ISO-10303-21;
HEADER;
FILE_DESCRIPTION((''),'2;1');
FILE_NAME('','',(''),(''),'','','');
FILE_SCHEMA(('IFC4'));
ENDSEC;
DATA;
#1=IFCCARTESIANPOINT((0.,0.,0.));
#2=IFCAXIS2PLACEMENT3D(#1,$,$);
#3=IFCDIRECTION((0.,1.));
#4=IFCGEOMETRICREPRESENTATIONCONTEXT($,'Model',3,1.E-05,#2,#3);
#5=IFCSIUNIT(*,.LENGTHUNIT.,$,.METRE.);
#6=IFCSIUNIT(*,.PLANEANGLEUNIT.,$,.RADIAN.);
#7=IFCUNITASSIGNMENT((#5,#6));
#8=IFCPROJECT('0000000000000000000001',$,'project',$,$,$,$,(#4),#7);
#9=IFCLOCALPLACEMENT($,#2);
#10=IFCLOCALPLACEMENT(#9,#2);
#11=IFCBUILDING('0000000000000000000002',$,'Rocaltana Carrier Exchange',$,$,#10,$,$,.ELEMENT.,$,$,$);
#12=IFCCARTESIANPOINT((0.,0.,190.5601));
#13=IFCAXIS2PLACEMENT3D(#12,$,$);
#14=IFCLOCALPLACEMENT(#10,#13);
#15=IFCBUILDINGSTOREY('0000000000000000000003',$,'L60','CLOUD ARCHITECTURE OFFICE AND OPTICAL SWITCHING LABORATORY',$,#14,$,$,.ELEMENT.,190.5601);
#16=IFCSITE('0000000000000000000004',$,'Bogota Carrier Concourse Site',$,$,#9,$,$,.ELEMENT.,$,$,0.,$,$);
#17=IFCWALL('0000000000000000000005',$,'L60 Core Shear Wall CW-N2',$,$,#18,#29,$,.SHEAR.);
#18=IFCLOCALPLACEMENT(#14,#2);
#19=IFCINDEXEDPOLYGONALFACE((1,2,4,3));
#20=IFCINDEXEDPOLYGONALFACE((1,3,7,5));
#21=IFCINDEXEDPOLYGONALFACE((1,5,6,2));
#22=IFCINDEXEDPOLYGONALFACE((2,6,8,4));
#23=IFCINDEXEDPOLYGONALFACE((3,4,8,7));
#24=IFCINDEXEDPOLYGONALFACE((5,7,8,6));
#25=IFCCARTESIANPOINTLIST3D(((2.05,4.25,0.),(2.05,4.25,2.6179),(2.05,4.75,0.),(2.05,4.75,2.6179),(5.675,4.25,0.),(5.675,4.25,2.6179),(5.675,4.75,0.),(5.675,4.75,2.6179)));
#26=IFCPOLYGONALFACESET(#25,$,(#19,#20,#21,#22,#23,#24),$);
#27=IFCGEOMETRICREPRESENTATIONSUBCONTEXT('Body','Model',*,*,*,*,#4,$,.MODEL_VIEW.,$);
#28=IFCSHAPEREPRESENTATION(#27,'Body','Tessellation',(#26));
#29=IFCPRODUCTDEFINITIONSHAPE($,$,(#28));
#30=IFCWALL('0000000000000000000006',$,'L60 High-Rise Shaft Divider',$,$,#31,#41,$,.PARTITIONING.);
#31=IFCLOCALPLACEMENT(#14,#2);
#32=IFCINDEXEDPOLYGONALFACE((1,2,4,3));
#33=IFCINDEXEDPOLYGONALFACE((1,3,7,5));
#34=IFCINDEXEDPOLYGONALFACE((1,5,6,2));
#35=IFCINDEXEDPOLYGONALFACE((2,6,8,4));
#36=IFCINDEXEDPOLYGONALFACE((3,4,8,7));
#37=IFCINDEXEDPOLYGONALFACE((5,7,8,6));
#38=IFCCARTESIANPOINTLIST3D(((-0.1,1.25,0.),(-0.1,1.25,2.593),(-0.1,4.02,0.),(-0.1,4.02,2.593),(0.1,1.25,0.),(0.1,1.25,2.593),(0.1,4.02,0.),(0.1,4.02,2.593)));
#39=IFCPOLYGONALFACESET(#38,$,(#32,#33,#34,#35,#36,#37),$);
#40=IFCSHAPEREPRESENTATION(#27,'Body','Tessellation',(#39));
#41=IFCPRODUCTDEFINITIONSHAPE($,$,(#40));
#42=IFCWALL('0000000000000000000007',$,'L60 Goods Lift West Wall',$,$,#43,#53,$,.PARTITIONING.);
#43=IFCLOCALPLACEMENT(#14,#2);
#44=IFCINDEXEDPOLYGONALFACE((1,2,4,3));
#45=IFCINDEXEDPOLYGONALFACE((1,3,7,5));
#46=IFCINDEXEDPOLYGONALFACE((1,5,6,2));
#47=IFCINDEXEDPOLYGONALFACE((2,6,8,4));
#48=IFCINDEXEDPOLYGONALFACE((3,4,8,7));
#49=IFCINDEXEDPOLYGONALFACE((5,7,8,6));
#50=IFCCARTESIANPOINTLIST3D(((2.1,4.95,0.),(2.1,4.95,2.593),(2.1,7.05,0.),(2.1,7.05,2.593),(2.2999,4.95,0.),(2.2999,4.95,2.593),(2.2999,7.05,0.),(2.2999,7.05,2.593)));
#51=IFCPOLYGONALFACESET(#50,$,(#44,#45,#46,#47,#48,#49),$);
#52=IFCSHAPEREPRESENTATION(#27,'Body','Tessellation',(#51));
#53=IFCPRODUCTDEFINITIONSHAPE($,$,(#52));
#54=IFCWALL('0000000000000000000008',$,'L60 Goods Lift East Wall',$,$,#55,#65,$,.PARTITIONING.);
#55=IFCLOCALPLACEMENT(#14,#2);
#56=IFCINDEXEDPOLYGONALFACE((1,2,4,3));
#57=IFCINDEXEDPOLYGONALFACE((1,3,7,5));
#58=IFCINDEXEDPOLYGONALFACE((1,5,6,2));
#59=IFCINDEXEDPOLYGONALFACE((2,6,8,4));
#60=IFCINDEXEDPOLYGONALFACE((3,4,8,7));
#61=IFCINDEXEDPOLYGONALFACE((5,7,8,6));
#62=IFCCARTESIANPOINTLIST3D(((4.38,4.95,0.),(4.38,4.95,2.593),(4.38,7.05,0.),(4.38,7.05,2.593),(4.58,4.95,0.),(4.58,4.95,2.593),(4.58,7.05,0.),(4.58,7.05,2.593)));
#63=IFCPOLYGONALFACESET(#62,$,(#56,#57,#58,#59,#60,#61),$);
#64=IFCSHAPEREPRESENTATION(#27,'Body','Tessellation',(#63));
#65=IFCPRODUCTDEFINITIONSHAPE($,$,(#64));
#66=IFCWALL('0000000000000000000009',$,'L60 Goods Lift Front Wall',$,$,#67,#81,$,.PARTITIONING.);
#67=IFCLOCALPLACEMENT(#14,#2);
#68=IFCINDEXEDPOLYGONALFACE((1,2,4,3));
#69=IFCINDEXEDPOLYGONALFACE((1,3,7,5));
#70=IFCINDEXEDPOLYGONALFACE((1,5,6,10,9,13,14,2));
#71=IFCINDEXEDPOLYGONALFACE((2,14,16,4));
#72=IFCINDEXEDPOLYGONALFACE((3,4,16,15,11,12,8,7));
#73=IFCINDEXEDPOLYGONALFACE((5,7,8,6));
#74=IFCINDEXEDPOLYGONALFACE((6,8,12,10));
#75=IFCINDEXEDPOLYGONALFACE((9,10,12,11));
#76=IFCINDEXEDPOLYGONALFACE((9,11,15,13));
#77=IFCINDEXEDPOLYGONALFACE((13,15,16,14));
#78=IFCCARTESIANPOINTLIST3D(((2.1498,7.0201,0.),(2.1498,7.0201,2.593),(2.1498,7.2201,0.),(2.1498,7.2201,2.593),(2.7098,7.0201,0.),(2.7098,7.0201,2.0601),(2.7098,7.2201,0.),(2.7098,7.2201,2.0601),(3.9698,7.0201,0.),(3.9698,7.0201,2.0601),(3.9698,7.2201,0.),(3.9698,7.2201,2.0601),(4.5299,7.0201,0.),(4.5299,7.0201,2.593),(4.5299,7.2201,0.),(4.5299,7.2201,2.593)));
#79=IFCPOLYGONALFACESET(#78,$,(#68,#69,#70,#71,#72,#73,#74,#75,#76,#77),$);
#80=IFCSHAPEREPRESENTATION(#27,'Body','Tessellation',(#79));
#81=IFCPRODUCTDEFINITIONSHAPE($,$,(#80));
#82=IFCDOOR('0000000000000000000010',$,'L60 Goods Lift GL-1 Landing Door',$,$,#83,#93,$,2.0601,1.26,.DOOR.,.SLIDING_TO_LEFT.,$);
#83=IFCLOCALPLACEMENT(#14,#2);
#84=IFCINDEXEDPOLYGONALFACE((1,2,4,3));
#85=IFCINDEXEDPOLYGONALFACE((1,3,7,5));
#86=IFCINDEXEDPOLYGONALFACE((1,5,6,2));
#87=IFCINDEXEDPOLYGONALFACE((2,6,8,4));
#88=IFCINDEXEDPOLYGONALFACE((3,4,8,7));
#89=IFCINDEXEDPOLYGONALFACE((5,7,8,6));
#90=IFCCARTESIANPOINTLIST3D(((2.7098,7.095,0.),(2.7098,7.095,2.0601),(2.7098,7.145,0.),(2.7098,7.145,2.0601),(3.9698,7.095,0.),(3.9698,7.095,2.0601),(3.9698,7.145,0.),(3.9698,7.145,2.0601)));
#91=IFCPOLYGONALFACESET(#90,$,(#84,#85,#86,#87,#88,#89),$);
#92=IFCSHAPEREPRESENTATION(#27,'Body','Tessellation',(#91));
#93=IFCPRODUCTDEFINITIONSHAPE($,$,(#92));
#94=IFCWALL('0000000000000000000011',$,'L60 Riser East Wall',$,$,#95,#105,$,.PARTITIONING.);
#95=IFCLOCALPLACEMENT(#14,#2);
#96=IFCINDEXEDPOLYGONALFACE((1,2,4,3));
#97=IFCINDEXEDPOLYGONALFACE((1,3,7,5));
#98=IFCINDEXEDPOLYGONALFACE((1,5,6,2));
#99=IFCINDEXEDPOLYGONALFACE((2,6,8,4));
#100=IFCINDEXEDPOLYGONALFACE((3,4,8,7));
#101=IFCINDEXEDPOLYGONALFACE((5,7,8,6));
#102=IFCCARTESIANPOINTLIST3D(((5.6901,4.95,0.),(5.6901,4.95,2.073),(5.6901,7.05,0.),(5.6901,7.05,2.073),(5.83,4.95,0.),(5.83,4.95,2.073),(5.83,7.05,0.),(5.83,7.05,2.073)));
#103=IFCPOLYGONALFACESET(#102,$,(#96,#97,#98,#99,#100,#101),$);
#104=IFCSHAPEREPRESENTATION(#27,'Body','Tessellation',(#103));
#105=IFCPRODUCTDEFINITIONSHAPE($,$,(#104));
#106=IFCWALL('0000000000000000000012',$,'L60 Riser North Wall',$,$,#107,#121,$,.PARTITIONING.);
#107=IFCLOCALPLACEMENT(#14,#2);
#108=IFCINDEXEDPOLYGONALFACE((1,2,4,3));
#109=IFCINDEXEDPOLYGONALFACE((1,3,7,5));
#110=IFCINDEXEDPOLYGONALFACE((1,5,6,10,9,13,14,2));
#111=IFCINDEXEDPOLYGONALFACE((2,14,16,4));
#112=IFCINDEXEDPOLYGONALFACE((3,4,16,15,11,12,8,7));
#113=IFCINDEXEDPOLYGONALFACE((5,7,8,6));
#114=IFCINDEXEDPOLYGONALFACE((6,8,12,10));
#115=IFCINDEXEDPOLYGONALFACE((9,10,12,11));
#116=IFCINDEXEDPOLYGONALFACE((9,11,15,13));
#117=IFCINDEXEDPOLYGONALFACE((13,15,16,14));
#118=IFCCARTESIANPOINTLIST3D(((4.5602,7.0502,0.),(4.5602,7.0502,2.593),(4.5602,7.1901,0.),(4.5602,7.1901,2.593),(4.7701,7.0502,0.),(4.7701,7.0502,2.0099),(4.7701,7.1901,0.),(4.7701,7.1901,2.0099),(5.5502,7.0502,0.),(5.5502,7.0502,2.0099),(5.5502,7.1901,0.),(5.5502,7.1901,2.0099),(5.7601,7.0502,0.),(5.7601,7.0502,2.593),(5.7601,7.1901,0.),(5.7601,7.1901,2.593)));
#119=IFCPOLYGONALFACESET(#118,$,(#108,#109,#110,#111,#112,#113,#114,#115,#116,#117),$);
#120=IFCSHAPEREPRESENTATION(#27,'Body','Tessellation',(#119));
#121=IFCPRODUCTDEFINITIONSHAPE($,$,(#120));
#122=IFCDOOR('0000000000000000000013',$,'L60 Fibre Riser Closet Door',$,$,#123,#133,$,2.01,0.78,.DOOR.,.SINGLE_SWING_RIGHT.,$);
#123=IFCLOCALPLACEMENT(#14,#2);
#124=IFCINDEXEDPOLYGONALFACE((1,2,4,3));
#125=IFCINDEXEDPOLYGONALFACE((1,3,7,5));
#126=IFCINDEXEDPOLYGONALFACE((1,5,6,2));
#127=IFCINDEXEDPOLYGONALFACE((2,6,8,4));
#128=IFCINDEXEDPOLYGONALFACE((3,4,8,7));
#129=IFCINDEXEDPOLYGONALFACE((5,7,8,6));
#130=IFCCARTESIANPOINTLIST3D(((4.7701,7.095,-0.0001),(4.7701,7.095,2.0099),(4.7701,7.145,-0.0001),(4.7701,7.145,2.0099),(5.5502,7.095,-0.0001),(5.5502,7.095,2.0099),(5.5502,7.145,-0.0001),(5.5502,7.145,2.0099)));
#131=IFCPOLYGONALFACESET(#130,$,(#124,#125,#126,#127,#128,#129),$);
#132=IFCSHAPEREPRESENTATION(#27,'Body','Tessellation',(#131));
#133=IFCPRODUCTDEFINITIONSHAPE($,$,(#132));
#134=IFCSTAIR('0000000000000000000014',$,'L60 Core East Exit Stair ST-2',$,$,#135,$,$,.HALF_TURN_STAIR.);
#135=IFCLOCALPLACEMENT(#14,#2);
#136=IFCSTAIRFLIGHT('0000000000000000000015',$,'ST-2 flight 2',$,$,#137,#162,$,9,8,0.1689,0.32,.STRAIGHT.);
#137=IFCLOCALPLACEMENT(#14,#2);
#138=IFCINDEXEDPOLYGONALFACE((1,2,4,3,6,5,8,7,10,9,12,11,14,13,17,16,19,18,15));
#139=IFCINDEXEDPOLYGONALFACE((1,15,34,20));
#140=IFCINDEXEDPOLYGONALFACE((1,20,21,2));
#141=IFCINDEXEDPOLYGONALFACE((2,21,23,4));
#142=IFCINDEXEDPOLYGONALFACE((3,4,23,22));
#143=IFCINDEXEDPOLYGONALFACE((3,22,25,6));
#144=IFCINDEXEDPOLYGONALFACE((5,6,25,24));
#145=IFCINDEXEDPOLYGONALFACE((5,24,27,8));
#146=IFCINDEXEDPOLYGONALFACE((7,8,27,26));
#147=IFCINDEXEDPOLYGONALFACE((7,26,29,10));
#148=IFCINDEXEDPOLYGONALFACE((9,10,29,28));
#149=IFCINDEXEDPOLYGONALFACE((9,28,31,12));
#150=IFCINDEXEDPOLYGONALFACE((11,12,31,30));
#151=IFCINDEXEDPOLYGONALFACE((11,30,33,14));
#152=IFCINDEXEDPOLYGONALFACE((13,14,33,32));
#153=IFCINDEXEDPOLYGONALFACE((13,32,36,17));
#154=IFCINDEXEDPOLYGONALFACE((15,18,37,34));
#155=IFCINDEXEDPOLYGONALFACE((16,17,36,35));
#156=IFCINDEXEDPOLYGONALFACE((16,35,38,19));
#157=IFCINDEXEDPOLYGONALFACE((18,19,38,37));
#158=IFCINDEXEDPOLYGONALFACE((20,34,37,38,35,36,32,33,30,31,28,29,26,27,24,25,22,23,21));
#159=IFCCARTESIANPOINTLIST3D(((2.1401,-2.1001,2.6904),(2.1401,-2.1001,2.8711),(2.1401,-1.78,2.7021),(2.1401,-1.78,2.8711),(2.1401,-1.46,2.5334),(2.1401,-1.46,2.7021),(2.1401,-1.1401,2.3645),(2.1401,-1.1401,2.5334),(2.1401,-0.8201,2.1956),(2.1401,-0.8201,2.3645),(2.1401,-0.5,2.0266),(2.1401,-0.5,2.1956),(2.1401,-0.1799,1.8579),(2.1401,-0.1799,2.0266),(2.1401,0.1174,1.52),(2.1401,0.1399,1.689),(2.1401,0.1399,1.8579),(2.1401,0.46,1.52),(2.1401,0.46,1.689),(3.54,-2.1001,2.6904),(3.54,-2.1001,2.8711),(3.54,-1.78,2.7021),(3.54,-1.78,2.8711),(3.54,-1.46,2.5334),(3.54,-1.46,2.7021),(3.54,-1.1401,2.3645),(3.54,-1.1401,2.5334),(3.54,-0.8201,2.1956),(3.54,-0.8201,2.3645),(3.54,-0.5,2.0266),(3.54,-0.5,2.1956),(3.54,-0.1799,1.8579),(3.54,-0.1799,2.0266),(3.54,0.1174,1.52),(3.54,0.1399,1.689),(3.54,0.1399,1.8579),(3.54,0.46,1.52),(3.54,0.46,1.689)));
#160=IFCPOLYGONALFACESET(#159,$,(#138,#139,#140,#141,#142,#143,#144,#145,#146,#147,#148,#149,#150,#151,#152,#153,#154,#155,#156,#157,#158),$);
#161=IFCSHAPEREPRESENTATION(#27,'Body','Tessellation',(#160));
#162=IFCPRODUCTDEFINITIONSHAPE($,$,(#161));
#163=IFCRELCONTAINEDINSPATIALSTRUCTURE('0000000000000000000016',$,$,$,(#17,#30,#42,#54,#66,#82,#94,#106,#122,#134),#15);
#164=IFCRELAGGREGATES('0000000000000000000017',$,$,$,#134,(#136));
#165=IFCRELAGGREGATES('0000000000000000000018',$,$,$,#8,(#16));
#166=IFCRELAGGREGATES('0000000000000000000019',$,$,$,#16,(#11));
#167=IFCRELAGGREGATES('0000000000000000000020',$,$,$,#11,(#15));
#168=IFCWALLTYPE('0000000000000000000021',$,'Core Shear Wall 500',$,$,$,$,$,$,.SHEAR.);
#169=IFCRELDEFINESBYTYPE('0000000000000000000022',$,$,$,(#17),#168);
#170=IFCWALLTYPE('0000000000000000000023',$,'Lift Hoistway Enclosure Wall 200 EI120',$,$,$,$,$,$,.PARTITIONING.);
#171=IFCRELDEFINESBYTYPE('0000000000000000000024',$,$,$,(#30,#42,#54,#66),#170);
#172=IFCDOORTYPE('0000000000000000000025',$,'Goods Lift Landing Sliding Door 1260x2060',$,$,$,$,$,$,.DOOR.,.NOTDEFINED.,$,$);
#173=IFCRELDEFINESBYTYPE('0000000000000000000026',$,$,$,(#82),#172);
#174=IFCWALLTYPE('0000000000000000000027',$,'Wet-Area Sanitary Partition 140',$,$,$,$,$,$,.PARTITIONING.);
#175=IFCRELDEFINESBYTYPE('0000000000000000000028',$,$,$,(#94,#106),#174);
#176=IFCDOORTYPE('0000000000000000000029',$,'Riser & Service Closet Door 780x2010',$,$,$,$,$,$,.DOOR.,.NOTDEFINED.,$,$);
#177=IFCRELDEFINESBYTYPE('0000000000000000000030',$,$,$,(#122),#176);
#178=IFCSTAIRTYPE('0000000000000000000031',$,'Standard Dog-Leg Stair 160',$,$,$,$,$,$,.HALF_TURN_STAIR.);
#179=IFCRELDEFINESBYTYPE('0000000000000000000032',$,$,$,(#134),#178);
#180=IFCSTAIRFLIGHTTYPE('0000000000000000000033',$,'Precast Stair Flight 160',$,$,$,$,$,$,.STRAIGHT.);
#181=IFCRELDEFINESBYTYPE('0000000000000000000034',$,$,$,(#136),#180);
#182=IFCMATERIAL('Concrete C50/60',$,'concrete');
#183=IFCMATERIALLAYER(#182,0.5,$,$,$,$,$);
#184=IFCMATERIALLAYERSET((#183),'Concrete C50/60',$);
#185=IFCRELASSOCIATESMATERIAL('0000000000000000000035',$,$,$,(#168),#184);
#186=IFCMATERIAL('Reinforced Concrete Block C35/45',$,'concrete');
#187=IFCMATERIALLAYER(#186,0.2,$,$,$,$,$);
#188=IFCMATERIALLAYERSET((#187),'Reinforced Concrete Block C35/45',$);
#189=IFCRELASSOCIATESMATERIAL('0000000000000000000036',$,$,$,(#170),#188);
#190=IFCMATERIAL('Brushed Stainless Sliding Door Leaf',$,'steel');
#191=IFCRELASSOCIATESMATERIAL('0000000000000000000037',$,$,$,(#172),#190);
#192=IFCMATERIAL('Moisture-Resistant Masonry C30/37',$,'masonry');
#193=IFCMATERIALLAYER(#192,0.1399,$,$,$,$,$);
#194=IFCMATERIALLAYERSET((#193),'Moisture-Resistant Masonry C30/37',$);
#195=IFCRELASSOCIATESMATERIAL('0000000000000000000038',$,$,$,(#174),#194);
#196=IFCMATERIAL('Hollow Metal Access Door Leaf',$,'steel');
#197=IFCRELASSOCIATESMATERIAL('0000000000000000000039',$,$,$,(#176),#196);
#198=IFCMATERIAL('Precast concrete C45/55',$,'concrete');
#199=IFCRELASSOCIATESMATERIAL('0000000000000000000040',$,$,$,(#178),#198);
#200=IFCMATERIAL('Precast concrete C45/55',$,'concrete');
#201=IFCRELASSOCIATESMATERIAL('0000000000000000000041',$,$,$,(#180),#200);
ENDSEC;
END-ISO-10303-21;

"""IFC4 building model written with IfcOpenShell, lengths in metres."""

from ifc_helpers import new_model, si_unit, direction, frame, frame_2d, origin, place, context, subcontext, project, spatial, polyline, rectangle, outline, extrude, material, layer, layer_set, type_object, element, fill, aggregate, save


model = new_model("IFC4")

# Units and contexts
model_context = context("Model", 3, precision=1e-05, world=origin(), true_north=direction((0.0, 1.0)))
body_context = subcontext(model_context, "Body", "Model", "MODEL_VIEW")
ifc_project = project(units=[si_unit("LENGTHUNIT", "METRE"), si_unit("PLANEANGLEUNIT", "RADIAN")], contexts=[model_context])

# Site, building, storey
site_placement = place(None, origin())
site = spatial("IfcSite", under=ifc_project, at=site_placement, Name="Bogota Carrier Concourse Site", CompositionType="ELEMENT", RefElevation=0.0)
building_placement = place(site_placement, origin())
building = spatial("IfcBuilding", under=site, at=building_placement, Name="Rocaltana Carrier Exchange", CompositionType="ELEMENT")
storey_placement = place(building_placement, frame((0.0, 0.0, 190.5601)))
storey = spatial("IfcBuildingStorey", under=building, at=storey_placement, Name="L60", Description="CLOUD ARCHITECTURE OFFICE AND OPTICAL SWITCHING LABORATORY", CompositionType="ELEMENT", Elevation=190.5601)

# Walls
ifc_material_1 = material(Name="Concrete C50/60", Category="concrete")
ifc_layer_1 = layer(ifc_material_1, 0.5)
ifc_layer_set_1 = layer_set([ifc_layer_1], Name="Concrete C50/60")
wall_type_1 = type_object("IfcWallType", Name="Core Shear Wall 500", PredefinedType="SHEAR", material=ifc_layer_set_1)
wall_1_placement = place(storey_placement, frame((2.05, 4.5, 0.0), z_axis=(0.0, 0.0, 1.0), x_axis=(1.0, 0.0, 0.0)))
element("IfcWall", 1, at=wall_1_placement, inside=storey, type_object=wall_type_1, Name="L60 Core Shear Wall CW-N2", PredefinedType="SHEAR", context=body_context, shape_type="SweptSolid", body=[
    extrude(rectangle(XDim=3.625, YDim=0.5, at=frame_2d((1.8125, 0.0))), origin(), (0.0, 0.0, 1.0), 2.6179),
])
ifc_material_2 = material(Name="Reinforced Concrete Block C35/45", Category="concrete")
ifc_layer_2 = layer(ifc_material_2, 0.2)
ifc_layer_set_2 = layer_set([ifc_layer_2], Name="Reinforced Concrete Block C35/45")
wall_type_2 = type_object("IfcWallType", Name="Lift Hoistway Enclosure Wall 200 EI120", PredefinedType="PARTITIONING", material=ifc_layer_set_2)
wall_2_placement = place(storey_placement, frame((0.0, 1.25, 0.0), z_axis=(0.0, 0.0, 1.0), x_axis=(0.0, 1.0, 0.0)))
element("IfcWall", 2, at=wall_2_placement, inside=storey, type_object=wall_type_2, Name="L60 High-Rise Shaft Divider", PredefinedType="PARTITIONING", context=body_context, shape_type="SweptSolid", body=[
    extrude(rectangle(XDim=2.77, YDim=0.2, at=frame_2d((1.385, 0.0))), origin(), (0.0, 0.0, 1.0), 2.593),
])
for number, where, z_axis, x_axis, name in (
    (3, (2.2, 4.95, 0.0), (0.0, 0.0, 1.0), (0.0, 1.0, 0.0), "L60 Goods Lift West Wall"),
    (4, (4.48, 4.95, 0.0), (0.0, 0.0, 1.0), (0.0, 1.0, 0.0), "L60 Goods Lift East Wall"),
):
    element("IfcWall", number, at=place(storey_placement, frame(where, z_axis=z_axis, x_axis=x_axis)), inside=storey, type_object=wall_type_2, Name=name, PredefinedType="PARTITIONING", context=body_context, shape_type="SweptSolid", body=[
        extrude(rectangle(XDim=2.1001, YDim=0.2, at=frame_2d((1.05, 0.0))), origin(), (0.0, 0.0, 1.0), 2.593),
    ])

# Wall, opening, door
wall_3_placement = place(storey_placement, frame((2.1499, 7.1201, 0.0), z_axis=(0.0, 0.0, 1.0), x_axis=(1.0, 0.0, 0.0)))
wall_3 = element("IfcWall", 5, at=wall_3_placement, inside=storey, type_object=wall_type_2, Name="L60 Goods Lift Front Wall", PredefinedType="PARTITIONING", context=body_context, shape_type="SweptSolid", body=[
    extrude(rectangle(XDim=2.3801, YDim=0.2, at=frame_2d((1.1899, 0.0))), origin(), (0.0, 0.0, 1.0), 2.593),
])
opening_1_placement = place(wall_3_placement, frame((0.5601, 0.0, 0.0)))
opening_1 = element("IfcOpeningElement", 6, at=opening_1_placement, cuts=wall_3, PredefinedType="OPENING", context=body_context, shape_type="SweptSolid", body=[
    extrude(rectangle(XDim=1.26, YDim=2.0601, at=frame_2d((0.6299, 1.03))), frame((0.0, 0.1099, 0.0), z_axis=(0.0, -1.0, 0.0), x_axis=(1.0, 0.0, 0.0)), (0.0, 0.0, 1.0), 0.22),
])
ifc_material_3 = material(Name="Brushed Stainless Sliding Door Leaf", Category="steel")
door_type_1 = type_object("IfcDoorType", Name="Goods Lift Landing Sliding Door 1260x2060", OperationType="NOTDEFINED", PredefinedType="DOOR", material=ifc_material_3)
door_1_placement = place(opening_1_placement, origin())
door_1 = element("IfcDoor", 7, at=door_1_placement, inside=storey, type_object=door_type_1, Name="L60 Goods Lift GL-1 Landing Door", OperationType="SLIDING_TO_LEFT", OverallHeight=2.0601, OverallWidth=1.26, PredefinedType="DOOR", context=body_context, shape_type="SweptSolid", body=[
    extrude(rectangle(XDim=1.26, YDim=2.0601, at=frame_2d((0.6299, 1.03))), frame((0.0, 0.0249, 0.0), z_axis=(0.0, -1.0, 0.0), x_axis=(1.0, 0.0, 0.0)), (0.0, 0.0, 1.0), 0.05),
])
fill(opening_1, door_1)

# Wall
ifc_material_4 = material(Name="Moisture-Resistant Masonry C30/37", Category="masonry")
ifc_layer_3 = layer(ifc_material_4, 0.1399)
ifc_layer_set_3 = layer_set([ifc_layer_3], Name="Moisture-Resistant Masonry C30/37")
wall_type_3 = type_object("IfcWallType", Name="Wet-Area Sanitary Partition 140", PredefinedType="PARTITIONING", material=ifc_layer_set_3)
wall_4_placement = place(storey_placement, frame((5.76, 4.95, 0.0), z_axis=(0.0, 0.0, 1.0), x_axis=(0.0, 1.0, 0.0)))
element("IfcWall", 8, at=wall_4_placement, inside=storey, type_object=wall_type_3, Name="L60 Riser East Wall", PredefinedType="PARTITIONING", context=body_context, shape_type="SweptSolid", body=[
    extrude(rectangle(XDim=2.1001, YDim=0.1399, at=frame_2d((1.05, 0.0))), origin(), (0.0, 0.0, 1.0), 2.073),
])

# Wall, opening, door
wall_5_placement = place(storey_placement, frame((4.5601, 7.1201, 0.0), z_axis=(0.0, 0.0, 1.0), x_axis=(1.0, 0.0, 0.0)))
wall_5 = element("IfcWall", 9, at=wall_5_placement, inside=storey, type_object=wall_type_3, Name="L60 Riser North Wall", PredefinedType="PARTITIONING", context=body_context, shape_type="SweptSolid", body=[
    extrude(rectangle(XDim=1.2, YDim=0.1399, at=frame_2d((0.6001, 0.0))), origin(), (0.0, 0.0, 1.0), 2.593),
])
opening_2_placement = place(wall_5_placement, frame((0.21, 0.0, 0.0)))
opening_2 = element("IfcOpeningElement", 10, at=opening_2_placement, cuts=wall_5, PredefinedType="OPENING", context=body_context, shape_type="SweptSolid", body=[
    extrude(rectangle(XDim=0.78, YDim=2.01, at=frame_2d((0.3901, 1.0049))), frame((0.0, 0.0798, 0.0), z_axis=(0.0, -1.0, 0.0), x_axis=(1.0, 0.0, 0.0)), (0.0, 0.0, 1.0), 0.1599),
])
ifc_material_5 = material(Name="Hollow Metal Access Door Leaf", Category="steel")
door_type_2 = type_object("IfcDoorType", Name="Riser & Service Closet Door 780x2010", OperationType="NOTDEFINED", PredefinedType="DOOR", material=ifc_material_5)
door_2_placement = place(opening_2_placement, origin())
door_2 = element("IfcDoor", 11, at=door_2_placement, inside=storey, type_object=door_type_2, Name="L60 Fibre Riser Closet Door", OperationType="SINGLE_SWING_RIGHT", OverallHeight=2.01, OverallWidth=0.78, PredefinedType="DOOR", context=body_context, shape_type="SweptSolid", body=[
    extrude(rectangle(XDim=0.78, YDim=2.01, at=frame_2d((0.3901, 1.0049))), frame((0.0, 0.0249, 0.0), z_axis=(0.0, -1.0, 0.0), x_axis=(1.0, 0.0, 0.0)), (0.0, 0.0, 1.0), 0.05),
])
fill(opening_2, door_2)

# Stair, stair flight
ifc_material_6 = material(Name="Precast concrete C45/55", Category="concrete")
stair_type = type_object("IfcStairType", Name="Standard Dog-Leg Stair 160", PredefinedType="HALF_TURN_STAIR", material=ifc_material_6)
stair_placement = place(storey_placement, origin())
stair = element("IfcStair", 12, at=stair_placement, inside=storey, type_object=stair_type, Name="L60 Core East Exit Stair ST-2", PredefinedType="HALF_TURN_STAIR")
ifc_material_7 = material(Name="Precast concrete C45/55", Category="concrete")
stair_flight_type = type_object("IfcStairFlightType", Name="Precast Stair Flight 160", PredefinedType="STRAIGHT", material=ifc_material_7)
stair_flight_placement = place(storey_placement, frame((2.8401, 0.46, 1.52), z_axis=(0.0, 0.0, 1.0), x_axis=(0.0, -1.0, 0.0)))
stair_flight = element("IfcStairFlight", 13, at=stair_flight_placement, type_object=stair_flight_type, Name="ST-2 flight 2", NumberOfRisers=9, NumberOfTreads=8, PredefinedType="STRAIGHT", RiserHeight=0.1689, TreadLength=0.32, context=body_context, shape_type="SweptSolid", body=[
    extrude(outline(polyline([(0.0, 0.0), (0.0, 0.1689), (0.3201, 0.1689), (0.3201, 0.3379), (0.6399, 0.3379), (0.6399, 0.5066), (0.96, 0.5066), (0.96, 0.6755), (1.28, 0.6755), (1.28, 0.8445), (1.6001, 0.8445), (1.6001, 1.0134), (1.9199, 1.0134), (1.9199, 1.1821), (2.24, 1.1821), (2.24, 1.3511), (2.5601, 1.3511), (2.5601, 1.52), (2.5601, 1.1704), (0.3425, 0.0), (0.0, 0.0)])), frame((0.0, 0.7, 0.0), z_axis=(0.0, -1.0, 0.0), x_axis=(1.0, 0.0, 0.0)), (0.0, 0.0, 1.0), 1.3999),
])
aggregate(stair, [stair_flight])

save(model, "model.ifc")
